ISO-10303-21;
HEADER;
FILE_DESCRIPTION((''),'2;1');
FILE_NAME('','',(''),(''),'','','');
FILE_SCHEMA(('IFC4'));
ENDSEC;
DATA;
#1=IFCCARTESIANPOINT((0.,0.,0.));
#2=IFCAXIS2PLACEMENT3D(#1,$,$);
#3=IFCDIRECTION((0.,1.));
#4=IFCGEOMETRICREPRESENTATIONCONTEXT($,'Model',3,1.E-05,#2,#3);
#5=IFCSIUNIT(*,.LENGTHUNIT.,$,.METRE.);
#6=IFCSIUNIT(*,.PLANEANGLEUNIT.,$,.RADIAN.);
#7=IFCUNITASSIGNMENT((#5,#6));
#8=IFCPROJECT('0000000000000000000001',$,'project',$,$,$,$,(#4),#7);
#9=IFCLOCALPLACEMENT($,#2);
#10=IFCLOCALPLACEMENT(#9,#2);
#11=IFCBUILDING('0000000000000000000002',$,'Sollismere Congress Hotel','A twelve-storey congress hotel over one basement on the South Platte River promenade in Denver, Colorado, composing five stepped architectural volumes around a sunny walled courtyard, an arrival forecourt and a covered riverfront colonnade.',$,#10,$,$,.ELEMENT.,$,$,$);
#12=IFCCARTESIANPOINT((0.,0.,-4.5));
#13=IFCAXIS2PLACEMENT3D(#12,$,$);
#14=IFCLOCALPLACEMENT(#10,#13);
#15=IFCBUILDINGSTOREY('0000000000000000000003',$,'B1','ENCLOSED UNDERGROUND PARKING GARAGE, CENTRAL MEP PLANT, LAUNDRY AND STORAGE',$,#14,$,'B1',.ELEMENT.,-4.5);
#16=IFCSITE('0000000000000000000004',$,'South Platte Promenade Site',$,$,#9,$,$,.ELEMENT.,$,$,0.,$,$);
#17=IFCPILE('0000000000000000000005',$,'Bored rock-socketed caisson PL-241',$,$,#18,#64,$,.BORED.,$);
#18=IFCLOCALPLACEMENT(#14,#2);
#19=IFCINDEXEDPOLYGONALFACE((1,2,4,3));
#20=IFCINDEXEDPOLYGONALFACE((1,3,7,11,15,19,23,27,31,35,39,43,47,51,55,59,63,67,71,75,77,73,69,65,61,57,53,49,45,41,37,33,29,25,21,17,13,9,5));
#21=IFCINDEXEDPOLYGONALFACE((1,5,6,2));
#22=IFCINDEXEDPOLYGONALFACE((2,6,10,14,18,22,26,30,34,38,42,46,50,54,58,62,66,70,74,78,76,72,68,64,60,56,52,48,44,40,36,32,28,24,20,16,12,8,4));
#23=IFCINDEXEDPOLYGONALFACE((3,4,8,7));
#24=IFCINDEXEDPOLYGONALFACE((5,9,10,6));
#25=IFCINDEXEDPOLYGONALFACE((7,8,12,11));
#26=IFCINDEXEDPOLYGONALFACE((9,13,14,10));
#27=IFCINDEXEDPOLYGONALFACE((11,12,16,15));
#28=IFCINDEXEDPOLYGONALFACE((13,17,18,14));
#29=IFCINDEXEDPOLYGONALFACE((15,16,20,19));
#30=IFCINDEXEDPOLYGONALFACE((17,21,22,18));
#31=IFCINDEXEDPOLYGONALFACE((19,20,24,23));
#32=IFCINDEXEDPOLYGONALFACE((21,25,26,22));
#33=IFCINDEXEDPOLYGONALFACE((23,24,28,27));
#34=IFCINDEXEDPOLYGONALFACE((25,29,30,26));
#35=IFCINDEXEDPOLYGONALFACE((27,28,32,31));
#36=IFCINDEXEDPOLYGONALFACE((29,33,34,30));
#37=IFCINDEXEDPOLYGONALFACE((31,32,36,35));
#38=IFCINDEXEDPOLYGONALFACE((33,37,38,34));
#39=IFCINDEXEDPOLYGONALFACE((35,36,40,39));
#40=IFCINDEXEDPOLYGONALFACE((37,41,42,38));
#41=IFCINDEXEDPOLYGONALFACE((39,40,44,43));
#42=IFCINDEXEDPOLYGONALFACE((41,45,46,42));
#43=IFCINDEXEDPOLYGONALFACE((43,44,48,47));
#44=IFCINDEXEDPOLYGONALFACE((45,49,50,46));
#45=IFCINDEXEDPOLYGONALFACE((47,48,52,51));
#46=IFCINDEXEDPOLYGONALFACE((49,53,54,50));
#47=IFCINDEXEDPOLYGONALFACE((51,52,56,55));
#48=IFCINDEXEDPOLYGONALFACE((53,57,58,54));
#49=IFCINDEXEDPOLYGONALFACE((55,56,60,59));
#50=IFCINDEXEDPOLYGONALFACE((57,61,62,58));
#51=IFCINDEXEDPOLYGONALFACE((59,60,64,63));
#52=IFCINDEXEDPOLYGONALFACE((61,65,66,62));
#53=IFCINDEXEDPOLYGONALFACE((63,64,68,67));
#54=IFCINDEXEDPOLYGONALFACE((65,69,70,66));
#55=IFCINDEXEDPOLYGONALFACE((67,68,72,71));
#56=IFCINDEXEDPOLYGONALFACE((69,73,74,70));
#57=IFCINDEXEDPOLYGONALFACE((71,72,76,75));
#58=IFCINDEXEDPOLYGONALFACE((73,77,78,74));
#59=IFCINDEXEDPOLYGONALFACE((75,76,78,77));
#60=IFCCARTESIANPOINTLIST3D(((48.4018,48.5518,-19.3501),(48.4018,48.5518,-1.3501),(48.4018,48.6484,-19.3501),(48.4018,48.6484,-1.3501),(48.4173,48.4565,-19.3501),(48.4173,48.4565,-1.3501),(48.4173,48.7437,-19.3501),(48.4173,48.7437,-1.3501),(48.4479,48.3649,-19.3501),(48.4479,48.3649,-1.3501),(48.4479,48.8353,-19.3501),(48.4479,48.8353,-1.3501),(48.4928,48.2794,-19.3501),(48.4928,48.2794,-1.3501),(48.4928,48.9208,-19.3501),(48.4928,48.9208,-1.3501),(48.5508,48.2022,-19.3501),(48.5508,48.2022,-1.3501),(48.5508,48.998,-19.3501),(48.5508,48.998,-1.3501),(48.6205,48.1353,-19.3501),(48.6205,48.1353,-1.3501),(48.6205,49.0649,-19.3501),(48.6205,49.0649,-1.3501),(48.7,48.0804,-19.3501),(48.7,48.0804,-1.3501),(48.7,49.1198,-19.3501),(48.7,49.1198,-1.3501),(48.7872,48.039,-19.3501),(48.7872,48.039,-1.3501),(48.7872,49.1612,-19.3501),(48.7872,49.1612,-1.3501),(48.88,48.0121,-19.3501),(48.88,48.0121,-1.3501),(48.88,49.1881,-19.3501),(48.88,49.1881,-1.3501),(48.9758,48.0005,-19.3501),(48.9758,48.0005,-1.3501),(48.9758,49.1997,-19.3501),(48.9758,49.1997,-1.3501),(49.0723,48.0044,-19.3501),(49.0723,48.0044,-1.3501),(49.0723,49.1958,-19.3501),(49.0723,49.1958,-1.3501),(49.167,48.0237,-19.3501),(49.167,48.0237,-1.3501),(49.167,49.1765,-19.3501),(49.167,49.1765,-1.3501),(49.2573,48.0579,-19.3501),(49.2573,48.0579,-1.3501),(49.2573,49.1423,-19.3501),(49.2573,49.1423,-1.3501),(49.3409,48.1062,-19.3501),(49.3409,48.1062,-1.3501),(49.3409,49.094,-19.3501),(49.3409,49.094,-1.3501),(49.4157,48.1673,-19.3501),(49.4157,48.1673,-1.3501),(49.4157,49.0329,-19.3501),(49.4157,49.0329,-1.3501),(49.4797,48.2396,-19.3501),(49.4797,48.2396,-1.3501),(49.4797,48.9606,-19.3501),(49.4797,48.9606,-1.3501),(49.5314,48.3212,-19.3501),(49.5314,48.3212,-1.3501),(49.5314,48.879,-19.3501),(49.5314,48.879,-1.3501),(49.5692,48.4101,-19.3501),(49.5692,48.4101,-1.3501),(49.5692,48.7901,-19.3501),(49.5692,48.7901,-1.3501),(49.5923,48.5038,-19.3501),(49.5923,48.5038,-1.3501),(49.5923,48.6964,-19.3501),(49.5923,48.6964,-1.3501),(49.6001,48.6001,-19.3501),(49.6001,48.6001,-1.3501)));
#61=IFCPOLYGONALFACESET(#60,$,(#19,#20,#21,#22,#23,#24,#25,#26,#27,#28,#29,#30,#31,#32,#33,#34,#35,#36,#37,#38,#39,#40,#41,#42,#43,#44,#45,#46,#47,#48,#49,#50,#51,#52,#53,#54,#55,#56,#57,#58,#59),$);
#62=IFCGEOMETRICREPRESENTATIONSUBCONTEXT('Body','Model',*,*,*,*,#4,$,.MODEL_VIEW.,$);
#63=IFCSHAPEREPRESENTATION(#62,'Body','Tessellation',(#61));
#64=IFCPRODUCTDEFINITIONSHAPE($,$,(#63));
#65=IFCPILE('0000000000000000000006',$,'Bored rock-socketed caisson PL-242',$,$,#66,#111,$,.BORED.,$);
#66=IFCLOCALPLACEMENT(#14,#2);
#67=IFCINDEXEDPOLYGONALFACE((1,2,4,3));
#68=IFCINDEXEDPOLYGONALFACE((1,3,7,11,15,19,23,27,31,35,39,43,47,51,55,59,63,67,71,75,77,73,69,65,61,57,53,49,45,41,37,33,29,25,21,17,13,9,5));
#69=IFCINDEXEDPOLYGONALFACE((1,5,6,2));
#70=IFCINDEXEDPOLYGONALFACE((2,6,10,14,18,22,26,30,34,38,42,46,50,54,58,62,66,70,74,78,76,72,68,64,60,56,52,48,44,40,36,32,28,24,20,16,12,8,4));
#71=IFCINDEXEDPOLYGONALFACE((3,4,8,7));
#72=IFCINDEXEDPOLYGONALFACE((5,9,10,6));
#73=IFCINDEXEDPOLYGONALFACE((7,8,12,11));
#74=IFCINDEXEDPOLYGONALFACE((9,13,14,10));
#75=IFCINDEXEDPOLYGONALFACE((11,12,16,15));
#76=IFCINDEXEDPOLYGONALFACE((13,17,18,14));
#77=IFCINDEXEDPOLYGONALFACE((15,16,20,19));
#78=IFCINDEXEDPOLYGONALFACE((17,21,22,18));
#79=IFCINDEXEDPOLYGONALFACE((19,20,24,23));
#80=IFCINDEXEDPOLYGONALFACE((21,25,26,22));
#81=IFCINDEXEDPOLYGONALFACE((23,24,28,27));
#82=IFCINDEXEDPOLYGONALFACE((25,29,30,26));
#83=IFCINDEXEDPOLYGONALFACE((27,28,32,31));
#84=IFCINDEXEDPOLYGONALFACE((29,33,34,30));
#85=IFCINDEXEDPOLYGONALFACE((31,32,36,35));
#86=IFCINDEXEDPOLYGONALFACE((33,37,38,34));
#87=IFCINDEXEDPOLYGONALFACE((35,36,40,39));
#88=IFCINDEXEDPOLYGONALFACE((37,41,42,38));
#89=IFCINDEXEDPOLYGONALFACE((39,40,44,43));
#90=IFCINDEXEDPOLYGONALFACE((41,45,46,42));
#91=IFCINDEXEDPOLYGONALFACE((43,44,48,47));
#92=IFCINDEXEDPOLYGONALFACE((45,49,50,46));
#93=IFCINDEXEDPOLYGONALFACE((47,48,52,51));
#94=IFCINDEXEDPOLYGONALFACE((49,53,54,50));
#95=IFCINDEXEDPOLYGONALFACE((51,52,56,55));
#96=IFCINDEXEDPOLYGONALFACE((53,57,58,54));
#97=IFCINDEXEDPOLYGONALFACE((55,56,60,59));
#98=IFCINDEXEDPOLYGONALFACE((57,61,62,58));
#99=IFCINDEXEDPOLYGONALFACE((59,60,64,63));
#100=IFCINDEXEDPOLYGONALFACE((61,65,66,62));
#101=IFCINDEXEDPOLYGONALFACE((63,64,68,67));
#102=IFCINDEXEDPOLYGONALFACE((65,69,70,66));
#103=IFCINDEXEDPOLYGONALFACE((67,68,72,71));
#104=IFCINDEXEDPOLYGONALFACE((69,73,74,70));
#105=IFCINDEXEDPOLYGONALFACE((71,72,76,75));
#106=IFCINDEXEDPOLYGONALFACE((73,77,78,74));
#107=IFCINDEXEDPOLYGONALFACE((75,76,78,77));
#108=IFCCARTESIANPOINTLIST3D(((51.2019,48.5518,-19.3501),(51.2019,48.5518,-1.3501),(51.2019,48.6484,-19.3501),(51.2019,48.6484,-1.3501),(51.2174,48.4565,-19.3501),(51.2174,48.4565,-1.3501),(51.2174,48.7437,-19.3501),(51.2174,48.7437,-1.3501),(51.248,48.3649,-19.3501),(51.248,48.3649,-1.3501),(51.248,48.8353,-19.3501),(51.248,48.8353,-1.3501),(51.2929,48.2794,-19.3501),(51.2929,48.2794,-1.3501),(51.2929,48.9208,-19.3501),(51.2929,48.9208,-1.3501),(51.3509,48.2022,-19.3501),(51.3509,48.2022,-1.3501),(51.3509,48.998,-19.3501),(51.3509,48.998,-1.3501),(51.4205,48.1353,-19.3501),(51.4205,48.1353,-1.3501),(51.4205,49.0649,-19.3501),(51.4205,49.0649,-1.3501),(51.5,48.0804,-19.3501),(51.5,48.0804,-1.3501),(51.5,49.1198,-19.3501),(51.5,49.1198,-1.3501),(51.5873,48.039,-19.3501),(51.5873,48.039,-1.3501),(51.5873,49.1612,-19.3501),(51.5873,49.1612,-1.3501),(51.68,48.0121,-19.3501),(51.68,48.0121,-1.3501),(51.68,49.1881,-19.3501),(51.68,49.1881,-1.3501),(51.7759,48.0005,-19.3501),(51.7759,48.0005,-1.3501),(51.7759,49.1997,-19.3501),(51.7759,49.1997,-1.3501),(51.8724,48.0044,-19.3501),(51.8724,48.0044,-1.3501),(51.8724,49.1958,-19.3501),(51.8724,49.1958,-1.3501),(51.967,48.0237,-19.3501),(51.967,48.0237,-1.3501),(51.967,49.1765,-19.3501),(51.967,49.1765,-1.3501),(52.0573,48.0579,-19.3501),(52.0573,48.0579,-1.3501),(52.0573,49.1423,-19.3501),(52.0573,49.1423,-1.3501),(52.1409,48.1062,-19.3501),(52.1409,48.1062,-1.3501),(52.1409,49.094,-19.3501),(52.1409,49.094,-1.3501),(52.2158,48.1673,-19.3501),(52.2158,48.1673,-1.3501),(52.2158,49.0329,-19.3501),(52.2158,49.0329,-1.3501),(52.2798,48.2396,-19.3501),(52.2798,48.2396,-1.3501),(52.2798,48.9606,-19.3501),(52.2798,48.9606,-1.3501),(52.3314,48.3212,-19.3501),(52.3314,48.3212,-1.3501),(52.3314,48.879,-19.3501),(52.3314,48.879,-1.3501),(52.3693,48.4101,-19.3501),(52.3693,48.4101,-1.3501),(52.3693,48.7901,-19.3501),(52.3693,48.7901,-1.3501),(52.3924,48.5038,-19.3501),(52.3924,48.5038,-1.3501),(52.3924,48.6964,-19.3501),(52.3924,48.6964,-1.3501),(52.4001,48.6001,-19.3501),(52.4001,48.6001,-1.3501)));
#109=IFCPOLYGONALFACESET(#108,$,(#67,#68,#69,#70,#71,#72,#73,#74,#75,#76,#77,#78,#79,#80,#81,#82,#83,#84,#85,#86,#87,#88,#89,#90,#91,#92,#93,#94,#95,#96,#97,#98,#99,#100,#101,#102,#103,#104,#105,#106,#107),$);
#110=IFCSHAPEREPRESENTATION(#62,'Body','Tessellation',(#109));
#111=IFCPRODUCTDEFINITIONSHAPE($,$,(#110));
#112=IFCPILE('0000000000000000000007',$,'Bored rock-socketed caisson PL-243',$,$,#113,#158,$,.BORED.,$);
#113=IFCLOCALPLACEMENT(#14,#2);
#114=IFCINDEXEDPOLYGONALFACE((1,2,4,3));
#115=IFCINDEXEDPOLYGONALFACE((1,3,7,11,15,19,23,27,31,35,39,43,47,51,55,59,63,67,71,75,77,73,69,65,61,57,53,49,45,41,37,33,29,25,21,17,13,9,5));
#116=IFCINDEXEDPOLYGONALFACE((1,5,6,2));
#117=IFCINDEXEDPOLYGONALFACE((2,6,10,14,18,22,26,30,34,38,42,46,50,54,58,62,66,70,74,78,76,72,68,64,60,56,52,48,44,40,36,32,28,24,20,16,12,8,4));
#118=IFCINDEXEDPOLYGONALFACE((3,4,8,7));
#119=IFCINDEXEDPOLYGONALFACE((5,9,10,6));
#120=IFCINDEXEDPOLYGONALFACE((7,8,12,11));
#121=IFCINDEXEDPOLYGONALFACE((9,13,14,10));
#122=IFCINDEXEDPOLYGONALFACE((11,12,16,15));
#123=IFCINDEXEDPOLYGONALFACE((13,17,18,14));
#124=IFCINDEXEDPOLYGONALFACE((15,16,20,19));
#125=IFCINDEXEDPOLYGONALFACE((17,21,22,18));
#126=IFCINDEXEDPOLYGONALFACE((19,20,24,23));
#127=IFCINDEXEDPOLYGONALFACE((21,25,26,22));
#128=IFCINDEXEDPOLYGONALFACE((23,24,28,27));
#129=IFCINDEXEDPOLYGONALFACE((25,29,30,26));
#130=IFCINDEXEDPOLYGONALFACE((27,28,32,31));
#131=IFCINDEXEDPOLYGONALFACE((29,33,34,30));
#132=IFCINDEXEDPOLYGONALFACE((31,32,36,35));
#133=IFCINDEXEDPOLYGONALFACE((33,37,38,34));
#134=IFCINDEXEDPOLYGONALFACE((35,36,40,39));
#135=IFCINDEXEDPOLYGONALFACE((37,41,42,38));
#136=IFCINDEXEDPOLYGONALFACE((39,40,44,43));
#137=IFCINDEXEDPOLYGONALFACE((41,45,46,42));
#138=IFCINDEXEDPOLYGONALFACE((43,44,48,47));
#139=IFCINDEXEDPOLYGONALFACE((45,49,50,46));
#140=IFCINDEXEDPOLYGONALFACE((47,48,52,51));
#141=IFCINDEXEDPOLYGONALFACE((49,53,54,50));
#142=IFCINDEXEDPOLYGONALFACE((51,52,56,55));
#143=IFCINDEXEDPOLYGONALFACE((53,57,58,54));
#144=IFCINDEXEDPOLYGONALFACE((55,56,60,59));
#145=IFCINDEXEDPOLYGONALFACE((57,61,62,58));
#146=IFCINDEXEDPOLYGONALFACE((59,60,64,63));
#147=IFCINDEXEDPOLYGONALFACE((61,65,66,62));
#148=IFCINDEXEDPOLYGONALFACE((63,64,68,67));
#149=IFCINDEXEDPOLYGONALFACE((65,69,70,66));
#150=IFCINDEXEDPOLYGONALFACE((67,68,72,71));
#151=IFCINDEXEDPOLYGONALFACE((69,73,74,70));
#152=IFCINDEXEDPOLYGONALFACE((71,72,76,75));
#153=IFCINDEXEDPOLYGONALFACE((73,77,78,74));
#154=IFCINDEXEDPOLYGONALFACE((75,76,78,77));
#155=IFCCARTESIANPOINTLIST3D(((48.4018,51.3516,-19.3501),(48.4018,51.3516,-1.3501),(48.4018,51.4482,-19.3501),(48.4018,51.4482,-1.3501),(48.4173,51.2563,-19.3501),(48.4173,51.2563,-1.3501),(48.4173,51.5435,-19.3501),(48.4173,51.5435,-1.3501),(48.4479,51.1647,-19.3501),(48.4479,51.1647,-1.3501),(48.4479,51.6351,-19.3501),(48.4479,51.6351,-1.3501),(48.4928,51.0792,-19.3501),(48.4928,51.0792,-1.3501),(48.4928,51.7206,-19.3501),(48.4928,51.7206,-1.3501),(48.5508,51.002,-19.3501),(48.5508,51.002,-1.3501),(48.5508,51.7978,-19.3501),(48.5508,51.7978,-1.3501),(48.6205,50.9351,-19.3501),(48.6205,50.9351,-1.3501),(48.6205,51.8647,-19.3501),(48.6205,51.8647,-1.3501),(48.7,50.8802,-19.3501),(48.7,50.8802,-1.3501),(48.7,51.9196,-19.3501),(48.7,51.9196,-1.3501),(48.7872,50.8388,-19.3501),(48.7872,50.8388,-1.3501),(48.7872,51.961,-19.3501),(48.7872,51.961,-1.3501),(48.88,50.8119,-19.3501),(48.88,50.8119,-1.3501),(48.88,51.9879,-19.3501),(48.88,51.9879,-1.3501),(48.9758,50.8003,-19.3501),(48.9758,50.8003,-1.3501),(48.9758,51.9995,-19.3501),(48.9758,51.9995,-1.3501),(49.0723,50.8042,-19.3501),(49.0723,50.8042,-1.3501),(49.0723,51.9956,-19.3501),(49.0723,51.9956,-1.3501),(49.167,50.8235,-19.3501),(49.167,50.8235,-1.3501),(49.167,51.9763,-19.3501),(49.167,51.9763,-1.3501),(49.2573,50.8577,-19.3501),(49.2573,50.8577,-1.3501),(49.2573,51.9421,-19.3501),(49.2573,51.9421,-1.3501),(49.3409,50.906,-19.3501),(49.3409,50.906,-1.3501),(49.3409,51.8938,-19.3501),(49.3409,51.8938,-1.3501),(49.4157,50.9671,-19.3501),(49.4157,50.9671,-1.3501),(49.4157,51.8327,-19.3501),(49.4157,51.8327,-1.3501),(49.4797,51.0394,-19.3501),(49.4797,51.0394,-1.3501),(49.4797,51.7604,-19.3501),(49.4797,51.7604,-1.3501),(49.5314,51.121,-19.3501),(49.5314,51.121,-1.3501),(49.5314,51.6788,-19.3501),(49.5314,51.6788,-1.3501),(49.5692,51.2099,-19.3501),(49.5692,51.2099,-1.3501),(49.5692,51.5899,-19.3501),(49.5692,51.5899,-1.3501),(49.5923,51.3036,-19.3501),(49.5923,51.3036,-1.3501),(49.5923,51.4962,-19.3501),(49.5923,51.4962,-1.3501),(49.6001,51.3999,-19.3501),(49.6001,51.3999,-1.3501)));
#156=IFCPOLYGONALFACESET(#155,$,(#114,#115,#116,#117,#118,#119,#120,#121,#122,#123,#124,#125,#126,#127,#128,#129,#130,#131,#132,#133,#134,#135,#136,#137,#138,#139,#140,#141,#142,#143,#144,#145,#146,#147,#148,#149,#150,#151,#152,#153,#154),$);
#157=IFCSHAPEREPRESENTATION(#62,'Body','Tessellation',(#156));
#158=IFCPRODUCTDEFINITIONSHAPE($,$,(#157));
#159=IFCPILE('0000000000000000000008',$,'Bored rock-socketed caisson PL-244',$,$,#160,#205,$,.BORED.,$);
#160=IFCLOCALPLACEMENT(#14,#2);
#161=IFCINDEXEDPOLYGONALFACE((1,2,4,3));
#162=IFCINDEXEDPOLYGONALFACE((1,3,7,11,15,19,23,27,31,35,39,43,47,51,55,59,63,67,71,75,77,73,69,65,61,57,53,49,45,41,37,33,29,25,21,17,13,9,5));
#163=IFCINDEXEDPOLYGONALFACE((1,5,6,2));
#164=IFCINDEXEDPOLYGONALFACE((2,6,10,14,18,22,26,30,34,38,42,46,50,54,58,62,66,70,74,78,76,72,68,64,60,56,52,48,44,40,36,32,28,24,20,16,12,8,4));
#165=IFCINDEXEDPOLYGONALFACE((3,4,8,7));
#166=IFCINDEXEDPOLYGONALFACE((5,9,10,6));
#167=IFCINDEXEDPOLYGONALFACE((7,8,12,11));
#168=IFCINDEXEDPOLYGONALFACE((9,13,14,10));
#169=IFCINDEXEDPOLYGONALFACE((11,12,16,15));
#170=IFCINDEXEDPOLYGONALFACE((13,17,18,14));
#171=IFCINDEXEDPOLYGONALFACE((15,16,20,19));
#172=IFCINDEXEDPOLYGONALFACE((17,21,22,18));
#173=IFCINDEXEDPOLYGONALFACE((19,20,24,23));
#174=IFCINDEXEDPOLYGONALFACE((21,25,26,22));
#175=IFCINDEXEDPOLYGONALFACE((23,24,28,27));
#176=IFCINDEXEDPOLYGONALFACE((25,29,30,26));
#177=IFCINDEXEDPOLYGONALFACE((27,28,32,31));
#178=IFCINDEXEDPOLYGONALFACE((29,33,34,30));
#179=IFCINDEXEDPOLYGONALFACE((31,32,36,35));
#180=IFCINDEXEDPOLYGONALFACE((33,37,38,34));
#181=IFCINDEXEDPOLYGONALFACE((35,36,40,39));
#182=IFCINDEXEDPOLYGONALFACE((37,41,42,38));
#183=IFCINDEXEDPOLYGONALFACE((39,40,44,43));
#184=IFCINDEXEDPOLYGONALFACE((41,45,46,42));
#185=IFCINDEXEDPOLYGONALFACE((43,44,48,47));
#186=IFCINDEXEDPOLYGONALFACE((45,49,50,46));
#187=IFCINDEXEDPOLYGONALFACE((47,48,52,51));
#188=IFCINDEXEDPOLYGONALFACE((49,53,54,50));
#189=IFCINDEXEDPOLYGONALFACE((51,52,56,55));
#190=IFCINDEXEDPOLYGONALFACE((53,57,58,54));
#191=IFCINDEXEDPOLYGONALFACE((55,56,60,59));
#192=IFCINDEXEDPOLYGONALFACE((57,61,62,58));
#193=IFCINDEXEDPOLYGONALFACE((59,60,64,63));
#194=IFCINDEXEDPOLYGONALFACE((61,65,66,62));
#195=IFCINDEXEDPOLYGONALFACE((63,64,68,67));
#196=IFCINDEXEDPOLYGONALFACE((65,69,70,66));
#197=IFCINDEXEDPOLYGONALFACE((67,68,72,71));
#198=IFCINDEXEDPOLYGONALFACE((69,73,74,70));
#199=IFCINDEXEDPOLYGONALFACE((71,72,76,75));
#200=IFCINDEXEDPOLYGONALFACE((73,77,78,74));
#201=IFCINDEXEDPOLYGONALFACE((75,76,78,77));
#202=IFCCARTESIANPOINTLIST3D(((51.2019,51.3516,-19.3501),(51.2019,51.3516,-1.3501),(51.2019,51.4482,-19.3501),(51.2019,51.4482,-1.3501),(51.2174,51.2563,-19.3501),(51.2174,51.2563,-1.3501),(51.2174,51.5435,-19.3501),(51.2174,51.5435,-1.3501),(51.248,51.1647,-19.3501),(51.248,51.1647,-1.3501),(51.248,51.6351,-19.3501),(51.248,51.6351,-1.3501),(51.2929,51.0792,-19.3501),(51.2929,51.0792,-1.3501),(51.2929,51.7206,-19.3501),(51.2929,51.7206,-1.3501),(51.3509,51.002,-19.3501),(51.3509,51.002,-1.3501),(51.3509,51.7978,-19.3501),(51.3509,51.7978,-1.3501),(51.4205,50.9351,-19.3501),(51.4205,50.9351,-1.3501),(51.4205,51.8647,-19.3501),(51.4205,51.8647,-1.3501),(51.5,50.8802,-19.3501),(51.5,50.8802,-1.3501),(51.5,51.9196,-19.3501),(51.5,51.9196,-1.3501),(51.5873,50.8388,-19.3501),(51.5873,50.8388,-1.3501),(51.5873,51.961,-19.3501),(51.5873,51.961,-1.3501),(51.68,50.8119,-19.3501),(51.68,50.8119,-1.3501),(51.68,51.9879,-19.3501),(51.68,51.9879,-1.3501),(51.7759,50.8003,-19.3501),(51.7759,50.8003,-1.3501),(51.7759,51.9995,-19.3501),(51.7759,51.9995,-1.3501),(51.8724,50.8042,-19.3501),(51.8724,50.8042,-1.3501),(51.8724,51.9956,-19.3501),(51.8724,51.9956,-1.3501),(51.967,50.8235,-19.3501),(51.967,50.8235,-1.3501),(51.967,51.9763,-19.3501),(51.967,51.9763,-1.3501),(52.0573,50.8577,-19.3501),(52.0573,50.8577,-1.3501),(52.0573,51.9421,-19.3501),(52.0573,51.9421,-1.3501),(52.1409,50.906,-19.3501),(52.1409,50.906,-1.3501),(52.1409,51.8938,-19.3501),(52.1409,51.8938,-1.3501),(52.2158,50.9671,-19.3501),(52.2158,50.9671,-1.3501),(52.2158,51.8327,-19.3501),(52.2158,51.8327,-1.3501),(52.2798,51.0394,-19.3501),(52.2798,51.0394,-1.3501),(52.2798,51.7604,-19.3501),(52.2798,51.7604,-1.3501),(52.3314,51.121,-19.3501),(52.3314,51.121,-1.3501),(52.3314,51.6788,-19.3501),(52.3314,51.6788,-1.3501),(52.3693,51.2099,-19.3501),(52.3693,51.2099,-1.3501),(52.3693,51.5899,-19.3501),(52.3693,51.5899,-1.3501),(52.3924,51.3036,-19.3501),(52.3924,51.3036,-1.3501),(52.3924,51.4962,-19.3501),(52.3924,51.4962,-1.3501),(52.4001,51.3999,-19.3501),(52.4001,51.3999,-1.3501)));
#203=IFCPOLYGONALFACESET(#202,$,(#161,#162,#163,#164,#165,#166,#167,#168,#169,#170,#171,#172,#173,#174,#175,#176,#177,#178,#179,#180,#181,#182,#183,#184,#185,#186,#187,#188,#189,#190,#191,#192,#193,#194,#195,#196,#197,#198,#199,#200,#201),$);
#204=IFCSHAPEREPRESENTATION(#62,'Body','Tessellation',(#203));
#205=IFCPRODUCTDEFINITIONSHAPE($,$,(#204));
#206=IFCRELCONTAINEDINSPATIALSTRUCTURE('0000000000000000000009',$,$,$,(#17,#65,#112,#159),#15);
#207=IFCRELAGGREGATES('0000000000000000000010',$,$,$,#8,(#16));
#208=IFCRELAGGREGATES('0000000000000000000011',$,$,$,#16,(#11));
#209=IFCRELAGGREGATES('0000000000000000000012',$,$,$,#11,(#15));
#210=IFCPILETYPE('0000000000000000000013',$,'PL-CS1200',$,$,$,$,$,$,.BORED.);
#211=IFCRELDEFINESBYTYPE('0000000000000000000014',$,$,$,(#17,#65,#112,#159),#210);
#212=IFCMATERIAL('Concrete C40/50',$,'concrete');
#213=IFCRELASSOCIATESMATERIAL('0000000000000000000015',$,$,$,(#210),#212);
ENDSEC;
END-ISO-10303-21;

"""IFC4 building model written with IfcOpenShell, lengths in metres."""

from ifc_helpers import new_model, si_unit, direction, frame, origin, origin_2d, place, context, subcontext, project, spatial, circle, extrude, material, material_profile, profile_set, type_object, element, save


model = new_model("IFC4")

# Units and contexts
model_context = context("Model", 3, precision=1e-05, world=origin(), true_north=direction((0.0, 1.0)))
body_context = subcontext(model_context, "Body", "Model", "MODEL_VIEW")
ifc_project = project(units=[si_unit("LENGTHUNIT", "METRE"), si_unit("PLANEANGLEUNIT", "RADIAN")], contexts=[model_context])

# Site, building, storey
site_placement = place(None, origin())
site = spatial("IfcSite", under=ifc_project, at=site_placement, Name="South Platte Promenade Site", CompositionType="ELEMENT", RefElevation=0.0)
building_placement = place(site_placement, origin())
building = spatial("IfcBuilding", under=site, at=building_placement, Name="Sollismere Congress Hotel", Description="A twelve-storey congress hotel over one basement on the South Platte River promenade in Denver, Colorado, composing five stepped architectural volumes around a sunny walled courtyard, an arrival forecourt and a covered riverfront colonnade.", CompositionType="ELEMENT")
storey_placement = place(building_placement, frame((0.0, 0.0, -4.5)))
storey = spatial("IfcBuildingStorey", under=building, at=storey_placement, Name="B1", Description="ENCLOSED UNDERGROUND PARKING GARAGE, CENTRAL MEP PLANT, LAUNDRY AND STORAGE", LongName="B1", CompositionType="ELEMENT", Elevation=-4.5)

# Shared definitions
ifc_material_1 = material(Name="Concrete C40/50", Category="concrete")

# Piles
ifc_material_profile_1 = material_profile(ifc_material_1, circle(Radius=0.6001, at=origin_2d()), Name="CAISSON1200")
ifc_profile_set_1 = profile_set([ifc_material_profile_1], Name="Concrete C40/50")
pile_type = type_object("IfcPileType", Name="PL-CS1200", PredefinedType="BORED", material=ifc_profile_set_1)
for number, where, z_axis, x_axis, name in (
    (1, (49.0, 48.6001, -1.3501), (0.0, 0.0, -1.0), (1.0, 0.0, 0.0), "Bored rock-socketed caisson PL-241"),
    (2, (51.8, 48.6001, -1.3501), (0.0, 0.0, -1.0), (1.0, 0.0, 0.0), "Bored rock-socketed caisson PL-242"),
    (3, (49.0, 51.3999, -1.3501), (0.0, 0.0, -1.0), (1.0, 0.0, 0.0), "Bored rock-socketed caisson PL-243"),
    (4, (51.8, 51.3999, -1.3501), (0.0, 0.0, -1.0), (1.0, 0.0, 0.0), "Bored rock-socketed caisson PL-244"),
):
    element("IfcPile", number, at=place(storey_placement, frame(where, z_axis=z_axis, x_axis=x_axis)), inside=storey, type_object=pile_type, Name=name, PredefinedType="BORED", context=body_context, shape_type="SweptSolid", body=[
        extrude(circle(Radius=0.6001, at=origin_2d()), origin(), (0.0, 0.0, 1.0), 18.0),
    ])

save(model, "model.ifc")
